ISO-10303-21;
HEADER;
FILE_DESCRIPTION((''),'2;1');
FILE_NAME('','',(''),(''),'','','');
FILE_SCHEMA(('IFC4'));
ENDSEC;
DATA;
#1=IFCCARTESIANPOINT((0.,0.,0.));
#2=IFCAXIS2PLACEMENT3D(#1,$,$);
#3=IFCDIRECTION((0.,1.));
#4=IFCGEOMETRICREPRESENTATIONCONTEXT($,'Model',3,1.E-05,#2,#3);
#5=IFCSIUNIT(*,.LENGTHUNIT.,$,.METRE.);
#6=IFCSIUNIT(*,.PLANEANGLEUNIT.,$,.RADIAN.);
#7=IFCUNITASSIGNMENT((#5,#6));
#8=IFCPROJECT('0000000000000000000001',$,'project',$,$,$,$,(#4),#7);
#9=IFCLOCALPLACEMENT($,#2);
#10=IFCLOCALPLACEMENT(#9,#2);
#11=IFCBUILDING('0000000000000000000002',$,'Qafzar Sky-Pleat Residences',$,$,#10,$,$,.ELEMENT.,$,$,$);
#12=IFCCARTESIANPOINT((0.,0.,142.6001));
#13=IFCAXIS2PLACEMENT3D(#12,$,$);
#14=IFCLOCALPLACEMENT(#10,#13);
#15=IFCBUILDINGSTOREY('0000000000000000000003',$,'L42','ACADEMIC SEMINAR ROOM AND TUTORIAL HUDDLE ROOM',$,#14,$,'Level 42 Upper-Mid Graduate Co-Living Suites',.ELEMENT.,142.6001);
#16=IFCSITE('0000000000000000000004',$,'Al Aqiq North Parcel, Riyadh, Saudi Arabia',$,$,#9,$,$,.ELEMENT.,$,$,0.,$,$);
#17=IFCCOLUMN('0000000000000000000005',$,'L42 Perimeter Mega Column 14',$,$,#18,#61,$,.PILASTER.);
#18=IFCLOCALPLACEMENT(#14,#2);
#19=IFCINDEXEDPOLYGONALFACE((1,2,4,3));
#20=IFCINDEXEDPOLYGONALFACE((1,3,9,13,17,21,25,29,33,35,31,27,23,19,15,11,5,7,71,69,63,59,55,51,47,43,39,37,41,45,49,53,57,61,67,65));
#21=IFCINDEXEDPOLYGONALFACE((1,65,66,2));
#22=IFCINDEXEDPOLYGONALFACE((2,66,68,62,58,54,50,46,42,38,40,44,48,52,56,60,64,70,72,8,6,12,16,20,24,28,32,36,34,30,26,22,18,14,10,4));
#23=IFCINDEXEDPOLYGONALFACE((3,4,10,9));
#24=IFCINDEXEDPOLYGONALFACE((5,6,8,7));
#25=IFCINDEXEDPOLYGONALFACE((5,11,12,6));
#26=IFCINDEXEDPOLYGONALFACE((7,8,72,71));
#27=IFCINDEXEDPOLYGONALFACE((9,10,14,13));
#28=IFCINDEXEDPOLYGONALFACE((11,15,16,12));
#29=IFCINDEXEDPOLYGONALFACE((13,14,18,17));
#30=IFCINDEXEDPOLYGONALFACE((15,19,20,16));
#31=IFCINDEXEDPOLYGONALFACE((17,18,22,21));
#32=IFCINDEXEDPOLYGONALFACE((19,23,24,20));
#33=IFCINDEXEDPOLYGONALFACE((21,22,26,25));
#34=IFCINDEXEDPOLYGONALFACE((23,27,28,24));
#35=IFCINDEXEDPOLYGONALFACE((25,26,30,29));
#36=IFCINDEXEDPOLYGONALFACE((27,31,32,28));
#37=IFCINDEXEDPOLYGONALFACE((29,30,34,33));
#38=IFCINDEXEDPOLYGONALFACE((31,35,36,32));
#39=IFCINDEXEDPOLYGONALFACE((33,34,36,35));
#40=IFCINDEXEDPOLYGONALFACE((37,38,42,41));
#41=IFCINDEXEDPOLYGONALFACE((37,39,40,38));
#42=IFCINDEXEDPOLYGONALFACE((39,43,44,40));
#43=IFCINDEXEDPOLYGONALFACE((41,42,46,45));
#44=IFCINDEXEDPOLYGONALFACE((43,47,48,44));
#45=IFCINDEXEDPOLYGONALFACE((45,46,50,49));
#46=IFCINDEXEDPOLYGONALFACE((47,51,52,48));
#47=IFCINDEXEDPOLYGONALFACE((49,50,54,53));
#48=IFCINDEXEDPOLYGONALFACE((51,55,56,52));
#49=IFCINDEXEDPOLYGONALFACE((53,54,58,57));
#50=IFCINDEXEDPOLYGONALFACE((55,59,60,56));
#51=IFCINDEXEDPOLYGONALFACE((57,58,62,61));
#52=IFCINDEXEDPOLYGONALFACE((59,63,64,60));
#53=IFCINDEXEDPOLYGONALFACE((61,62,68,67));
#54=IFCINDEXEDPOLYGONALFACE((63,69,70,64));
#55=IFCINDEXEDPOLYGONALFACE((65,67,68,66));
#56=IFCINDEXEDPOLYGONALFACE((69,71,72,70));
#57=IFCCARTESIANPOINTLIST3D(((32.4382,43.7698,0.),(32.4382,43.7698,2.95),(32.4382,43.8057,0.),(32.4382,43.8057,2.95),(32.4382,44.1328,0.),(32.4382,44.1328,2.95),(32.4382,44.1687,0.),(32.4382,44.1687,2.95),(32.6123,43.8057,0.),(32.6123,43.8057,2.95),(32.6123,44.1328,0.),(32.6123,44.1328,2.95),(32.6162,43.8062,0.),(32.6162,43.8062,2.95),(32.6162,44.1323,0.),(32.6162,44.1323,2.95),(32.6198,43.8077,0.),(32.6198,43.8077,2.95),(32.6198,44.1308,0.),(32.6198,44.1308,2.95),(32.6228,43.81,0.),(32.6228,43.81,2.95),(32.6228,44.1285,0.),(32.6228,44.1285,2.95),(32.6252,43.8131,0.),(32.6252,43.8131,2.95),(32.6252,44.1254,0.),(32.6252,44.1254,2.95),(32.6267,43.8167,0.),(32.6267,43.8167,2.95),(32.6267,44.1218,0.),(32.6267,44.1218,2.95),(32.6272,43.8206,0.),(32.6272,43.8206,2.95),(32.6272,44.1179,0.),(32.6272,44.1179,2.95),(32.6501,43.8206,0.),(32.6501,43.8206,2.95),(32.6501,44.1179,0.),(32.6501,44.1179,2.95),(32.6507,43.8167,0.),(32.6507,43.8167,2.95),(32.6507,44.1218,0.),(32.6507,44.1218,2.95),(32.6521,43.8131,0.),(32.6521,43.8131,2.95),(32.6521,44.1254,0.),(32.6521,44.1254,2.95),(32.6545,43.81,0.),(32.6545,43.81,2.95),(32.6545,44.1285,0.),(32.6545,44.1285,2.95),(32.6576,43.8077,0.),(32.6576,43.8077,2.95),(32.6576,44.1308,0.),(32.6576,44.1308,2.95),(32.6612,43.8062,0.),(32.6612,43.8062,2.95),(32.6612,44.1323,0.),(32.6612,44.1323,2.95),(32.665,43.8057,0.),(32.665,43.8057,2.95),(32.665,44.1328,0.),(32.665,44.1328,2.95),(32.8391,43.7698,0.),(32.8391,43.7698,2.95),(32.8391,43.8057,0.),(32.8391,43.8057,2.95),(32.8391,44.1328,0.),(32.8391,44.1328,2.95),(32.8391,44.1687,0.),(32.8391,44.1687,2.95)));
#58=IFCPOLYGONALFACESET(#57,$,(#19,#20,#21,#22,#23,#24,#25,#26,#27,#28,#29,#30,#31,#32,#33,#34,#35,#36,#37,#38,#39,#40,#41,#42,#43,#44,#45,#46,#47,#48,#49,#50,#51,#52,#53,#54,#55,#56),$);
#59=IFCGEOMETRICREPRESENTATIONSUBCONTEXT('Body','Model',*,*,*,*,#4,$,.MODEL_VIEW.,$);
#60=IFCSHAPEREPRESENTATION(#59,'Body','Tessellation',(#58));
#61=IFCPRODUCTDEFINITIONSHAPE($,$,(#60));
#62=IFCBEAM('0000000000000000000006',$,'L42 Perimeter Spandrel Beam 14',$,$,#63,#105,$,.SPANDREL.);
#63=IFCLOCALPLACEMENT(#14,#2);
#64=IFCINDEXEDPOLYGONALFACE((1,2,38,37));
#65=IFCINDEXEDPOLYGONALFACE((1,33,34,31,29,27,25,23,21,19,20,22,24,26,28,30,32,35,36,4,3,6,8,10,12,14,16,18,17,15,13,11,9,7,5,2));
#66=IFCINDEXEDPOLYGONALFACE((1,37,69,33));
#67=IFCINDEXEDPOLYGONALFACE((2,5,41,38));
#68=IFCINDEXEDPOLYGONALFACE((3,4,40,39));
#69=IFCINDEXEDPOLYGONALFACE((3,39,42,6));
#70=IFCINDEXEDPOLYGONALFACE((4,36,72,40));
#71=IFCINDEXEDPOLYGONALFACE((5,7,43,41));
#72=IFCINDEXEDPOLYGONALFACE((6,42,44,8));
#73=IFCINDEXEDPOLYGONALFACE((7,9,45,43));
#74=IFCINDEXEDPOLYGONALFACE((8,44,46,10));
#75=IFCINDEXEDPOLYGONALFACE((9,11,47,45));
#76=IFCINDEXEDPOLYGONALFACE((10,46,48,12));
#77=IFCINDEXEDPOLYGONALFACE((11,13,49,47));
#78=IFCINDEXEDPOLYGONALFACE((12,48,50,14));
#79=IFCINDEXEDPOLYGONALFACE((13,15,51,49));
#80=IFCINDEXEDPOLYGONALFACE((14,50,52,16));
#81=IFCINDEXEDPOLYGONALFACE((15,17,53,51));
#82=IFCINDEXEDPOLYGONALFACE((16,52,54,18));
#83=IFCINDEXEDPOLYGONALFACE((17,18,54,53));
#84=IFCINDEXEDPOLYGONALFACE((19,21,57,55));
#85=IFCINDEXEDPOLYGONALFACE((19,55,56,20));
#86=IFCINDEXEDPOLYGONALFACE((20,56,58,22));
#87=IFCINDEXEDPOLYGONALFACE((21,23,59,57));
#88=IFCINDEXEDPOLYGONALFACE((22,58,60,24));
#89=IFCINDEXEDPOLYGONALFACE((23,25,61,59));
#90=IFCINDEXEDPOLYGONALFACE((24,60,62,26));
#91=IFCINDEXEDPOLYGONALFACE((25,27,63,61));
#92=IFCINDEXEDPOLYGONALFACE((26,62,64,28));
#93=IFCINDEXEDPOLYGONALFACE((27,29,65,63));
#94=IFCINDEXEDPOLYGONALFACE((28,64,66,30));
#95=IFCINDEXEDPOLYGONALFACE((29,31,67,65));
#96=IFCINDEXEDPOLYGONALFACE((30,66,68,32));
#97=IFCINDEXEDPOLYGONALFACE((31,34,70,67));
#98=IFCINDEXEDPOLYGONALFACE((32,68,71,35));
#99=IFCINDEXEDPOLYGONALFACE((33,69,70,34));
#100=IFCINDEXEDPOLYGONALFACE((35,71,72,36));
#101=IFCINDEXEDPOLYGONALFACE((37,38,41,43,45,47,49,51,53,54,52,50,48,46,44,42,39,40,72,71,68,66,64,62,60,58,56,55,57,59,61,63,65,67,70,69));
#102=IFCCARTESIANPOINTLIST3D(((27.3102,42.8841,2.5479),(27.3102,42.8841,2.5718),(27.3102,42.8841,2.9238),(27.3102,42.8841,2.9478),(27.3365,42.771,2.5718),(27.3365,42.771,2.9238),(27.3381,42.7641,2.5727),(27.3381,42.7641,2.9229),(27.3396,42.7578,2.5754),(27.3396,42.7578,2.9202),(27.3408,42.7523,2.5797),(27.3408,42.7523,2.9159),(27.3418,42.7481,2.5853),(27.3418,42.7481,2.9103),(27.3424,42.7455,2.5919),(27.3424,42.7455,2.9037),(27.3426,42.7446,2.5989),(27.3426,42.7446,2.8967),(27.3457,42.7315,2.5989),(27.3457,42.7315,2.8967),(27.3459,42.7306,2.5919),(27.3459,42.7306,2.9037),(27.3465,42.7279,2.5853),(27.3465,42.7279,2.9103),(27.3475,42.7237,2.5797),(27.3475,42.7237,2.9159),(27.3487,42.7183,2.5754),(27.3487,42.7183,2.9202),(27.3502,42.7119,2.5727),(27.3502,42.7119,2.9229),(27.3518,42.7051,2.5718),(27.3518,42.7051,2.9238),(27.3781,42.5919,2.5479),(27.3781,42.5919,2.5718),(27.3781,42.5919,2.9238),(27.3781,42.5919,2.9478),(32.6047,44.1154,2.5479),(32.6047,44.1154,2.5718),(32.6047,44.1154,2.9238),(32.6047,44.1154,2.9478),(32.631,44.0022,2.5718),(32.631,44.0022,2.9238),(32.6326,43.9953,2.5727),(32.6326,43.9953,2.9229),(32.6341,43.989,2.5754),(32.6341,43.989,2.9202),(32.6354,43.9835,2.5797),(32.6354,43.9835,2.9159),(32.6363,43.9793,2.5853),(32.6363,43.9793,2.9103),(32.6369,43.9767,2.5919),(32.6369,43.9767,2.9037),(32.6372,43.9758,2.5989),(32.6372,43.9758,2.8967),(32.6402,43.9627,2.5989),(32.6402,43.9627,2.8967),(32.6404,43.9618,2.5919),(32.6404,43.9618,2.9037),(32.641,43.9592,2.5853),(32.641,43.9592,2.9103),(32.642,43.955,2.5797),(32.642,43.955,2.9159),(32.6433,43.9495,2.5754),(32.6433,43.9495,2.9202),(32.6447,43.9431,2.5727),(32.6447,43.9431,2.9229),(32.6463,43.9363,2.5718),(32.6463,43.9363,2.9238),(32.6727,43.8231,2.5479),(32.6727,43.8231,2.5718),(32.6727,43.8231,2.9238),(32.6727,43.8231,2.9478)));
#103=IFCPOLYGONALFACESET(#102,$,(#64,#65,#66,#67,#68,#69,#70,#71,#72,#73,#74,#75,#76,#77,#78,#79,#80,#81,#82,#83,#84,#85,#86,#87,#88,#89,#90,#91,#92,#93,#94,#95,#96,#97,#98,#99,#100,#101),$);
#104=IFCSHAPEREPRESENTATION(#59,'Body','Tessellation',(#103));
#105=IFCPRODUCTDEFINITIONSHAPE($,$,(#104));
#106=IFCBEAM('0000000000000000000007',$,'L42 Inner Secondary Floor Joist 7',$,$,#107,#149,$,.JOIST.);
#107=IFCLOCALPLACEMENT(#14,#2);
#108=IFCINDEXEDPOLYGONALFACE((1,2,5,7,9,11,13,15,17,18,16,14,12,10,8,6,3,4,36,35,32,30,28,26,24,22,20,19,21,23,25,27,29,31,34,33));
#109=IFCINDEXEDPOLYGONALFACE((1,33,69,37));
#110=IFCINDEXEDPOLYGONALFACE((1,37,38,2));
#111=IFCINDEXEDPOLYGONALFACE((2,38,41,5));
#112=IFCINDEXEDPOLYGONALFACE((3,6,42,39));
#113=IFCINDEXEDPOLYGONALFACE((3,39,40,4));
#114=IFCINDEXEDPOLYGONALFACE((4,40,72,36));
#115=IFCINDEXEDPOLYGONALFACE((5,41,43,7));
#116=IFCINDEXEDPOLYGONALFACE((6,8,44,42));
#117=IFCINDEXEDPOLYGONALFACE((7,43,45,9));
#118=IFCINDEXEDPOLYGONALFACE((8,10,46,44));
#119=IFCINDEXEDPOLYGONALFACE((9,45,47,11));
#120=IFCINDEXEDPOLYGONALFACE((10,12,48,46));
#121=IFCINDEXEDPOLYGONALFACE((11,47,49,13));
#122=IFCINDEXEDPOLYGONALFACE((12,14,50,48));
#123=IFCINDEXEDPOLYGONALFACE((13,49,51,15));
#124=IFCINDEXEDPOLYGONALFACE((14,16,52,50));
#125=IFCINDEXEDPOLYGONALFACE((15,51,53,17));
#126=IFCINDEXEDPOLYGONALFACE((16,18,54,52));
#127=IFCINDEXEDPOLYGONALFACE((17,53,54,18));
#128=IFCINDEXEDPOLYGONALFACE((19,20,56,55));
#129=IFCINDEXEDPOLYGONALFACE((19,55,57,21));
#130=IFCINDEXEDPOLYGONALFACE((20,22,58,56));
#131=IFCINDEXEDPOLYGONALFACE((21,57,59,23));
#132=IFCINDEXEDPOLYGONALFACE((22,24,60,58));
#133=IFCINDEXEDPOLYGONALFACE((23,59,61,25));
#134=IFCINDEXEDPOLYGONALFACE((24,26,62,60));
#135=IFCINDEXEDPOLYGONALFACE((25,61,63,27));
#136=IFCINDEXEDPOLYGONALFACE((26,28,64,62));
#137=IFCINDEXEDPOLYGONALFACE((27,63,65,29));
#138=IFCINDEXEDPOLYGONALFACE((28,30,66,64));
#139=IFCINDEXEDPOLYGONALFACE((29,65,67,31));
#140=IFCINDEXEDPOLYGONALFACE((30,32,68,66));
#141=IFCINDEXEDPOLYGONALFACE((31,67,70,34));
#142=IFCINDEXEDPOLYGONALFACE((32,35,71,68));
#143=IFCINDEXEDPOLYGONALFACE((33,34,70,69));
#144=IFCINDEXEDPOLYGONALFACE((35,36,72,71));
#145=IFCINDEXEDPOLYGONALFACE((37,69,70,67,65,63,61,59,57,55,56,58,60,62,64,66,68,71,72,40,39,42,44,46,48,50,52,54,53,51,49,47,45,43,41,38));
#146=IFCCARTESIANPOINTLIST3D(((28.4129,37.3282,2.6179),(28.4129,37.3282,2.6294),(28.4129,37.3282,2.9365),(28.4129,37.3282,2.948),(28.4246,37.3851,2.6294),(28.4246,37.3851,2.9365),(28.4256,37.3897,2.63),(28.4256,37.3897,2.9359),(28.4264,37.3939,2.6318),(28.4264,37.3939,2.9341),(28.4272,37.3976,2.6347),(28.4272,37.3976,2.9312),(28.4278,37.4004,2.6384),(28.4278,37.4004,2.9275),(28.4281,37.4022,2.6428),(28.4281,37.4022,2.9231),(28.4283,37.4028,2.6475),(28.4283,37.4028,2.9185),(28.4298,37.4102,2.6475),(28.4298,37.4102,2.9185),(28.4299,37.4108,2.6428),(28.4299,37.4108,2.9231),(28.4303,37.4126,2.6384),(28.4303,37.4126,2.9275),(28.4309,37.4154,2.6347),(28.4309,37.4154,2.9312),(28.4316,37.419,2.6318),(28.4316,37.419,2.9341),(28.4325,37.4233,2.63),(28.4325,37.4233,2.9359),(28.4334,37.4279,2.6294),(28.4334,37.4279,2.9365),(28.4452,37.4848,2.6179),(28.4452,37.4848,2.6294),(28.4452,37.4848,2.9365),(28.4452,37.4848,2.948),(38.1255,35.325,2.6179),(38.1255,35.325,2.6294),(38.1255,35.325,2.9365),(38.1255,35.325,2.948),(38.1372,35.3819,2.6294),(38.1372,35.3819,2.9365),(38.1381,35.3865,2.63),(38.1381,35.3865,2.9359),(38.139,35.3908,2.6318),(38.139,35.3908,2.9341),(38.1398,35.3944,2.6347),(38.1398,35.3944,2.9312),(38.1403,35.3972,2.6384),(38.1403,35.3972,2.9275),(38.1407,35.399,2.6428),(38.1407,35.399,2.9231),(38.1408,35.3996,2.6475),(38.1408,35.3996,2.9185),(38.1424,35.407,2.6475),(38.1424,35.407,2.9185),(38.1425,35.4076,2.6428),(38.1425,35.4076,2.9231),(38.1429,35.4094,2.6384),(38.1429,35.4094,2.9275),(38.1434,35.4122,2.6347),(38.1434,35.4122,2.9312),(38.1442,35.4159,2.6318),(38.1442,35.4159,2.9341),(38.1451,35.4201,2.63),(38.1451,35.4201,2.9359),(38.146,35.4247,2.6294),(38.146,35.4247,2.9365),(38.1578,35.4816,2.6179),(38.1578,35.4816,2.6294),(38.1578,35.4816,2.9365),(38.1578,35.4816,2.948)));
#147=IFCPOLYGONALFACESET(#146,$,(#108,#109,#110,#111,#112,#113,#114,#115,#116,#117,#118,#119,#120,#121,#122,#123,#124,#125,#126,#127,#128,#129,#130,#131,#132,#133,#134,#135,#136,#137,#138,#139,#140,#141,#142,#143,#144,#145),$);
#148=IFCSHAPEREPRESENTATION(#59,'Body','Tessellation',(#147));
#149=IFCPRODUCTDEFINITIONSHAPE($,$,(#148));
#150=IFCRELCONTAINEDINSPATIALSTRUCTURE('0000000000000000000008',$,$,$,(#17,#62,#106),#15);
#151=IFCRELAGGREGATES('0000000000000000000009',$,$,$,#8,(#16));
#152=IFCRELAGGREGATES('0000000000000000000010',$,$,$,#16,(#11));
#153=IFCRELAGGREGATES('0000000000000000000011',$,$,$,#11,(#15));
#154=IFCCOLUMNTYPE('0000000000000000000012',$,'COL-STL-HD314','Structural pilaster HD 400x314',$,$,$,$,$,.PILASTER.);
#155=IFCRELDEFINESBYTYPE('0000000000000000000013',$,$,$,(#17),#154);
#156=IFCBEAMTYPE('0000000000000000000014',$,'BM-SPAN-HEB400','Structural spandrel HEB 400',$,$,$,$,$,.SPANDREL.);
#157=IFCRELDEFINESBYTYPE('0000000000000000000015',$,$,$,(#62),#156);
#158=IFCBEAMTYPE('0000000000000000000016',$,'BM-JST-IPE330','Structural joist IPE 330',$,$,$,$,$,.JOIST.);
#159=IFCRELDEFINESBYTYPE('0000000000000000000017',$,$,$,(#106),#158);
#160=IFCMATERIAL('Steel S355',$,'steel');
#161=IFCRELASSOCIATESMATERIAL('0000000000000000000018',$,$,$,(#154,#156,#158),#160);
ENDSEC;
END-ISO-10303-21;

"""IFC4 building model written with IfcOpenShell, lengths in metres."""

from ifc_helpers import new_model, si_unit, direction, frame, origin, origin_2d, place, context, subcontext, project, spatial, i_section, extrude, source, transform, mapped, material, material_profile, profile_set, type_object, element, save


model = new_model("IFC4")

# Units and contexts
model_context = context("Model", 3, precision=1e-05, world=origin(), true_north=direction((0.0, 1.0)))
body_context = subcontext(model_context, "Body", "Model", "MODEL_VIEW")
ifc_project = project(units=[si_unit("LENGTHUNIT", "METRE"), si_unit("PLANEANGLEUNIT", "RADIAN")], contexts=[model_context])

# Site, building, storey
site_placement = place(None, origin())
site = spatial("IfcSite", under=ifc_project, at=site_placement, Name="Al Aqiq North Parcel, Riyadh, Saudi Arabia", CompositionType="ELEMENT", RefElevation=0.0)
building_placement = place(site_placement, origin())
building = spatial("IfcBuilding", under=site, at=building_placement, Name="Qafzar Sky-Pleat Residences", CompositionType="ELEMENT")
storey_placement = place(building_placement, frame((0.0, 0.0, 142.6001)))
storey = spatial("IfcBuildingStorey", under=building, at=storey_placement, Name="L42", Description="ACADEMIC SEMINAR ROOM AND TUTORIAL HUDDLE ROOM", LongName="Level 42 Upper-Mid Graduate Co-Living Suites", CompositionType="ELEMENT", Elevation=142.6001)

# Column
ifc_material_1 = material(Name="Steel S355", Category="steel")
ifc_material_profile_1 = material_profile(ifc_material_1, i_section(OverallWidth=0.4009, OverallDepth=0.3989, WebThickness=0.0229, FlangeThickness=0.0359, FilletRadius=0.0149, at=origin_2d()), Name="HD 400x314")
ifc_profile_set_1 = profile_set([ifc_material_profile_1], Name="Steel S355")
column_type = type_object("IfcColumnType", Name="COL-STL-HD314", Description="Structural pilaster HD 400x314", PredefinedType="PILASTER", material=ifc_profile_set_1)
shared_shape_1 = source(origin(), body_context, "Body", "SweptSolid", [
    extrude(i_section(OverallWidth=0.4009, OverallDepth=0.3989, WebThickness=0.0229, FlangeThickness=0.0359, FilletRadius=0.0149, at=origin_2d()), origin(), (0.0, 0.0, 1.0), 2.95),
])
column_placement = place(storey_placement, frame((32.6387, 43.9692, 0.0), z_axis=(0.0, 0.0, 1.0), x_axis=(1.0, 0.0, 0.0)))
element("IfcColumn", 1, at=column_placement, inside=storey, type_object=column_type, Name="L42 Perimeter Mega Column 14", PredefinedType="PILASTER", context=body_context, shape_type="MappedRepresentation", body=[
    mapped(shared_shape_1, transform((0.0, 0.0, 0.0), x_axis=(1.0, 0.0, 0.0), y_axis=(0.0, 1.0, 0.0), z_axis=(0.0, 0.0, 1.0), scale=1.0)),
])

# Beams
ifc_material_profile_2 = material_profile(ifc_material_1, i_section(OverallWidth=0.3, OverallDepth=0.3999, WebThickness=0.0134, FlangeThickness=0.0239, FilletRadius=0.0271, at=origin_2d()), Name="HEB 400")
ifc_profile_set_2 = profile_set([ifc_material_profile_2], Name="Steel S355")
beam_type_1 = type_object("IfcBeamType", Name="BM-SPAN-HEB400", Description="Structural spandrel HEB 400", PredefinedType="SPANDREL", material=ifc_profile_set_2)
shared_shape_2 = source(origin(), body_context, "Body", "SweptSolid", [
    extrude(i_section(OverallWidth=0.3, OverallDepth=0.3999, WebThickness=0.0134, FlangeThickness=0.0239, FilletRadius=0.0271, at=origin_2d()), origin(), (0.0, 0.0, 1.0), 5.4358),
])
beam_1_placement = place(storey_placement, frame((32.6387, 43.9692, 2.7478), z_axis=(-0.974011, -0.226503, 0.0), x_axis=(0.226503, -0.974011, 0.0)))
element("IfcBeam", 2, at=beam_1_placement, inside=storey, type_object=beam_type_1, Name="L42 Perimeter Spandrel Beam 14", PredefinedType="SPANDREL", context=body_context, shape_type="MappedRepresentation", body=[
    mapped(shared_shape_2, transform((0.0, 0.0, 0.0), x_axis=(1.0, 0.0, 0.0), y_axis=(0.0, 1.0, 0.0), z_axis=(0.0, 0.0, 1.0), scale=1.0)),
])
ifc_material_profile_3 = material_profile(ifc_material_1, i_section(OverallWidth=0.1599, OverallDepth=0.3301, WebThickness=0.0076, FlangeThickness=0.0115, FilletRadius=0.0181, at=origin_2d()), Name="IPE 330")
ifc_profile_set_3 = profile_set([ifc_material_profile_3], Name="Steel S355")
beam_type_2 = type_object("IfcBeamType", Name="BM-JST-IPE330", Description="Structural joist IPE 330", PredefinedType="JOIST", material=ifc_profile_set_3)
shared_shape_3 = source(origin(), body_context, "Body", "SweptSolid", [
    extrude(i_section(OverallWidth=0.1599, OverallDepth=0.3301, WebThickness=0.0076, FlangeThickness=0.0115, FilletRadius=0.0181, at=origin_2d()), origin(), (0.0, 0.0, 1.0), 9.917),
])
beam_2_placement = place(storey_placement, frame((38.1416, 35.4033, 2.783), z_axis=(-0.979387, 0.201993, 0.0), x_axis=(-0.201993, -0.979387, 0.0)))
element("IfcBeam", 3, at=beam_2_placement, inside=storey, type_object=beam_type_2, Name="L42 Inner Secondary Floor Joist 7", PredefinedType="JOIST", context=body_context, shape_type="MappedRepresentation", body=[
    mapped(shared_shape_3, transform((0.0, 0.0, 0.0), x_axis=(1.0, 0.0, 0.0), y_axis=(0.0, 1.0, 0.0), z_axis=(0.0, 0.0, 1.0), scale=1.0)),
])

save(model, "model.ifc")
